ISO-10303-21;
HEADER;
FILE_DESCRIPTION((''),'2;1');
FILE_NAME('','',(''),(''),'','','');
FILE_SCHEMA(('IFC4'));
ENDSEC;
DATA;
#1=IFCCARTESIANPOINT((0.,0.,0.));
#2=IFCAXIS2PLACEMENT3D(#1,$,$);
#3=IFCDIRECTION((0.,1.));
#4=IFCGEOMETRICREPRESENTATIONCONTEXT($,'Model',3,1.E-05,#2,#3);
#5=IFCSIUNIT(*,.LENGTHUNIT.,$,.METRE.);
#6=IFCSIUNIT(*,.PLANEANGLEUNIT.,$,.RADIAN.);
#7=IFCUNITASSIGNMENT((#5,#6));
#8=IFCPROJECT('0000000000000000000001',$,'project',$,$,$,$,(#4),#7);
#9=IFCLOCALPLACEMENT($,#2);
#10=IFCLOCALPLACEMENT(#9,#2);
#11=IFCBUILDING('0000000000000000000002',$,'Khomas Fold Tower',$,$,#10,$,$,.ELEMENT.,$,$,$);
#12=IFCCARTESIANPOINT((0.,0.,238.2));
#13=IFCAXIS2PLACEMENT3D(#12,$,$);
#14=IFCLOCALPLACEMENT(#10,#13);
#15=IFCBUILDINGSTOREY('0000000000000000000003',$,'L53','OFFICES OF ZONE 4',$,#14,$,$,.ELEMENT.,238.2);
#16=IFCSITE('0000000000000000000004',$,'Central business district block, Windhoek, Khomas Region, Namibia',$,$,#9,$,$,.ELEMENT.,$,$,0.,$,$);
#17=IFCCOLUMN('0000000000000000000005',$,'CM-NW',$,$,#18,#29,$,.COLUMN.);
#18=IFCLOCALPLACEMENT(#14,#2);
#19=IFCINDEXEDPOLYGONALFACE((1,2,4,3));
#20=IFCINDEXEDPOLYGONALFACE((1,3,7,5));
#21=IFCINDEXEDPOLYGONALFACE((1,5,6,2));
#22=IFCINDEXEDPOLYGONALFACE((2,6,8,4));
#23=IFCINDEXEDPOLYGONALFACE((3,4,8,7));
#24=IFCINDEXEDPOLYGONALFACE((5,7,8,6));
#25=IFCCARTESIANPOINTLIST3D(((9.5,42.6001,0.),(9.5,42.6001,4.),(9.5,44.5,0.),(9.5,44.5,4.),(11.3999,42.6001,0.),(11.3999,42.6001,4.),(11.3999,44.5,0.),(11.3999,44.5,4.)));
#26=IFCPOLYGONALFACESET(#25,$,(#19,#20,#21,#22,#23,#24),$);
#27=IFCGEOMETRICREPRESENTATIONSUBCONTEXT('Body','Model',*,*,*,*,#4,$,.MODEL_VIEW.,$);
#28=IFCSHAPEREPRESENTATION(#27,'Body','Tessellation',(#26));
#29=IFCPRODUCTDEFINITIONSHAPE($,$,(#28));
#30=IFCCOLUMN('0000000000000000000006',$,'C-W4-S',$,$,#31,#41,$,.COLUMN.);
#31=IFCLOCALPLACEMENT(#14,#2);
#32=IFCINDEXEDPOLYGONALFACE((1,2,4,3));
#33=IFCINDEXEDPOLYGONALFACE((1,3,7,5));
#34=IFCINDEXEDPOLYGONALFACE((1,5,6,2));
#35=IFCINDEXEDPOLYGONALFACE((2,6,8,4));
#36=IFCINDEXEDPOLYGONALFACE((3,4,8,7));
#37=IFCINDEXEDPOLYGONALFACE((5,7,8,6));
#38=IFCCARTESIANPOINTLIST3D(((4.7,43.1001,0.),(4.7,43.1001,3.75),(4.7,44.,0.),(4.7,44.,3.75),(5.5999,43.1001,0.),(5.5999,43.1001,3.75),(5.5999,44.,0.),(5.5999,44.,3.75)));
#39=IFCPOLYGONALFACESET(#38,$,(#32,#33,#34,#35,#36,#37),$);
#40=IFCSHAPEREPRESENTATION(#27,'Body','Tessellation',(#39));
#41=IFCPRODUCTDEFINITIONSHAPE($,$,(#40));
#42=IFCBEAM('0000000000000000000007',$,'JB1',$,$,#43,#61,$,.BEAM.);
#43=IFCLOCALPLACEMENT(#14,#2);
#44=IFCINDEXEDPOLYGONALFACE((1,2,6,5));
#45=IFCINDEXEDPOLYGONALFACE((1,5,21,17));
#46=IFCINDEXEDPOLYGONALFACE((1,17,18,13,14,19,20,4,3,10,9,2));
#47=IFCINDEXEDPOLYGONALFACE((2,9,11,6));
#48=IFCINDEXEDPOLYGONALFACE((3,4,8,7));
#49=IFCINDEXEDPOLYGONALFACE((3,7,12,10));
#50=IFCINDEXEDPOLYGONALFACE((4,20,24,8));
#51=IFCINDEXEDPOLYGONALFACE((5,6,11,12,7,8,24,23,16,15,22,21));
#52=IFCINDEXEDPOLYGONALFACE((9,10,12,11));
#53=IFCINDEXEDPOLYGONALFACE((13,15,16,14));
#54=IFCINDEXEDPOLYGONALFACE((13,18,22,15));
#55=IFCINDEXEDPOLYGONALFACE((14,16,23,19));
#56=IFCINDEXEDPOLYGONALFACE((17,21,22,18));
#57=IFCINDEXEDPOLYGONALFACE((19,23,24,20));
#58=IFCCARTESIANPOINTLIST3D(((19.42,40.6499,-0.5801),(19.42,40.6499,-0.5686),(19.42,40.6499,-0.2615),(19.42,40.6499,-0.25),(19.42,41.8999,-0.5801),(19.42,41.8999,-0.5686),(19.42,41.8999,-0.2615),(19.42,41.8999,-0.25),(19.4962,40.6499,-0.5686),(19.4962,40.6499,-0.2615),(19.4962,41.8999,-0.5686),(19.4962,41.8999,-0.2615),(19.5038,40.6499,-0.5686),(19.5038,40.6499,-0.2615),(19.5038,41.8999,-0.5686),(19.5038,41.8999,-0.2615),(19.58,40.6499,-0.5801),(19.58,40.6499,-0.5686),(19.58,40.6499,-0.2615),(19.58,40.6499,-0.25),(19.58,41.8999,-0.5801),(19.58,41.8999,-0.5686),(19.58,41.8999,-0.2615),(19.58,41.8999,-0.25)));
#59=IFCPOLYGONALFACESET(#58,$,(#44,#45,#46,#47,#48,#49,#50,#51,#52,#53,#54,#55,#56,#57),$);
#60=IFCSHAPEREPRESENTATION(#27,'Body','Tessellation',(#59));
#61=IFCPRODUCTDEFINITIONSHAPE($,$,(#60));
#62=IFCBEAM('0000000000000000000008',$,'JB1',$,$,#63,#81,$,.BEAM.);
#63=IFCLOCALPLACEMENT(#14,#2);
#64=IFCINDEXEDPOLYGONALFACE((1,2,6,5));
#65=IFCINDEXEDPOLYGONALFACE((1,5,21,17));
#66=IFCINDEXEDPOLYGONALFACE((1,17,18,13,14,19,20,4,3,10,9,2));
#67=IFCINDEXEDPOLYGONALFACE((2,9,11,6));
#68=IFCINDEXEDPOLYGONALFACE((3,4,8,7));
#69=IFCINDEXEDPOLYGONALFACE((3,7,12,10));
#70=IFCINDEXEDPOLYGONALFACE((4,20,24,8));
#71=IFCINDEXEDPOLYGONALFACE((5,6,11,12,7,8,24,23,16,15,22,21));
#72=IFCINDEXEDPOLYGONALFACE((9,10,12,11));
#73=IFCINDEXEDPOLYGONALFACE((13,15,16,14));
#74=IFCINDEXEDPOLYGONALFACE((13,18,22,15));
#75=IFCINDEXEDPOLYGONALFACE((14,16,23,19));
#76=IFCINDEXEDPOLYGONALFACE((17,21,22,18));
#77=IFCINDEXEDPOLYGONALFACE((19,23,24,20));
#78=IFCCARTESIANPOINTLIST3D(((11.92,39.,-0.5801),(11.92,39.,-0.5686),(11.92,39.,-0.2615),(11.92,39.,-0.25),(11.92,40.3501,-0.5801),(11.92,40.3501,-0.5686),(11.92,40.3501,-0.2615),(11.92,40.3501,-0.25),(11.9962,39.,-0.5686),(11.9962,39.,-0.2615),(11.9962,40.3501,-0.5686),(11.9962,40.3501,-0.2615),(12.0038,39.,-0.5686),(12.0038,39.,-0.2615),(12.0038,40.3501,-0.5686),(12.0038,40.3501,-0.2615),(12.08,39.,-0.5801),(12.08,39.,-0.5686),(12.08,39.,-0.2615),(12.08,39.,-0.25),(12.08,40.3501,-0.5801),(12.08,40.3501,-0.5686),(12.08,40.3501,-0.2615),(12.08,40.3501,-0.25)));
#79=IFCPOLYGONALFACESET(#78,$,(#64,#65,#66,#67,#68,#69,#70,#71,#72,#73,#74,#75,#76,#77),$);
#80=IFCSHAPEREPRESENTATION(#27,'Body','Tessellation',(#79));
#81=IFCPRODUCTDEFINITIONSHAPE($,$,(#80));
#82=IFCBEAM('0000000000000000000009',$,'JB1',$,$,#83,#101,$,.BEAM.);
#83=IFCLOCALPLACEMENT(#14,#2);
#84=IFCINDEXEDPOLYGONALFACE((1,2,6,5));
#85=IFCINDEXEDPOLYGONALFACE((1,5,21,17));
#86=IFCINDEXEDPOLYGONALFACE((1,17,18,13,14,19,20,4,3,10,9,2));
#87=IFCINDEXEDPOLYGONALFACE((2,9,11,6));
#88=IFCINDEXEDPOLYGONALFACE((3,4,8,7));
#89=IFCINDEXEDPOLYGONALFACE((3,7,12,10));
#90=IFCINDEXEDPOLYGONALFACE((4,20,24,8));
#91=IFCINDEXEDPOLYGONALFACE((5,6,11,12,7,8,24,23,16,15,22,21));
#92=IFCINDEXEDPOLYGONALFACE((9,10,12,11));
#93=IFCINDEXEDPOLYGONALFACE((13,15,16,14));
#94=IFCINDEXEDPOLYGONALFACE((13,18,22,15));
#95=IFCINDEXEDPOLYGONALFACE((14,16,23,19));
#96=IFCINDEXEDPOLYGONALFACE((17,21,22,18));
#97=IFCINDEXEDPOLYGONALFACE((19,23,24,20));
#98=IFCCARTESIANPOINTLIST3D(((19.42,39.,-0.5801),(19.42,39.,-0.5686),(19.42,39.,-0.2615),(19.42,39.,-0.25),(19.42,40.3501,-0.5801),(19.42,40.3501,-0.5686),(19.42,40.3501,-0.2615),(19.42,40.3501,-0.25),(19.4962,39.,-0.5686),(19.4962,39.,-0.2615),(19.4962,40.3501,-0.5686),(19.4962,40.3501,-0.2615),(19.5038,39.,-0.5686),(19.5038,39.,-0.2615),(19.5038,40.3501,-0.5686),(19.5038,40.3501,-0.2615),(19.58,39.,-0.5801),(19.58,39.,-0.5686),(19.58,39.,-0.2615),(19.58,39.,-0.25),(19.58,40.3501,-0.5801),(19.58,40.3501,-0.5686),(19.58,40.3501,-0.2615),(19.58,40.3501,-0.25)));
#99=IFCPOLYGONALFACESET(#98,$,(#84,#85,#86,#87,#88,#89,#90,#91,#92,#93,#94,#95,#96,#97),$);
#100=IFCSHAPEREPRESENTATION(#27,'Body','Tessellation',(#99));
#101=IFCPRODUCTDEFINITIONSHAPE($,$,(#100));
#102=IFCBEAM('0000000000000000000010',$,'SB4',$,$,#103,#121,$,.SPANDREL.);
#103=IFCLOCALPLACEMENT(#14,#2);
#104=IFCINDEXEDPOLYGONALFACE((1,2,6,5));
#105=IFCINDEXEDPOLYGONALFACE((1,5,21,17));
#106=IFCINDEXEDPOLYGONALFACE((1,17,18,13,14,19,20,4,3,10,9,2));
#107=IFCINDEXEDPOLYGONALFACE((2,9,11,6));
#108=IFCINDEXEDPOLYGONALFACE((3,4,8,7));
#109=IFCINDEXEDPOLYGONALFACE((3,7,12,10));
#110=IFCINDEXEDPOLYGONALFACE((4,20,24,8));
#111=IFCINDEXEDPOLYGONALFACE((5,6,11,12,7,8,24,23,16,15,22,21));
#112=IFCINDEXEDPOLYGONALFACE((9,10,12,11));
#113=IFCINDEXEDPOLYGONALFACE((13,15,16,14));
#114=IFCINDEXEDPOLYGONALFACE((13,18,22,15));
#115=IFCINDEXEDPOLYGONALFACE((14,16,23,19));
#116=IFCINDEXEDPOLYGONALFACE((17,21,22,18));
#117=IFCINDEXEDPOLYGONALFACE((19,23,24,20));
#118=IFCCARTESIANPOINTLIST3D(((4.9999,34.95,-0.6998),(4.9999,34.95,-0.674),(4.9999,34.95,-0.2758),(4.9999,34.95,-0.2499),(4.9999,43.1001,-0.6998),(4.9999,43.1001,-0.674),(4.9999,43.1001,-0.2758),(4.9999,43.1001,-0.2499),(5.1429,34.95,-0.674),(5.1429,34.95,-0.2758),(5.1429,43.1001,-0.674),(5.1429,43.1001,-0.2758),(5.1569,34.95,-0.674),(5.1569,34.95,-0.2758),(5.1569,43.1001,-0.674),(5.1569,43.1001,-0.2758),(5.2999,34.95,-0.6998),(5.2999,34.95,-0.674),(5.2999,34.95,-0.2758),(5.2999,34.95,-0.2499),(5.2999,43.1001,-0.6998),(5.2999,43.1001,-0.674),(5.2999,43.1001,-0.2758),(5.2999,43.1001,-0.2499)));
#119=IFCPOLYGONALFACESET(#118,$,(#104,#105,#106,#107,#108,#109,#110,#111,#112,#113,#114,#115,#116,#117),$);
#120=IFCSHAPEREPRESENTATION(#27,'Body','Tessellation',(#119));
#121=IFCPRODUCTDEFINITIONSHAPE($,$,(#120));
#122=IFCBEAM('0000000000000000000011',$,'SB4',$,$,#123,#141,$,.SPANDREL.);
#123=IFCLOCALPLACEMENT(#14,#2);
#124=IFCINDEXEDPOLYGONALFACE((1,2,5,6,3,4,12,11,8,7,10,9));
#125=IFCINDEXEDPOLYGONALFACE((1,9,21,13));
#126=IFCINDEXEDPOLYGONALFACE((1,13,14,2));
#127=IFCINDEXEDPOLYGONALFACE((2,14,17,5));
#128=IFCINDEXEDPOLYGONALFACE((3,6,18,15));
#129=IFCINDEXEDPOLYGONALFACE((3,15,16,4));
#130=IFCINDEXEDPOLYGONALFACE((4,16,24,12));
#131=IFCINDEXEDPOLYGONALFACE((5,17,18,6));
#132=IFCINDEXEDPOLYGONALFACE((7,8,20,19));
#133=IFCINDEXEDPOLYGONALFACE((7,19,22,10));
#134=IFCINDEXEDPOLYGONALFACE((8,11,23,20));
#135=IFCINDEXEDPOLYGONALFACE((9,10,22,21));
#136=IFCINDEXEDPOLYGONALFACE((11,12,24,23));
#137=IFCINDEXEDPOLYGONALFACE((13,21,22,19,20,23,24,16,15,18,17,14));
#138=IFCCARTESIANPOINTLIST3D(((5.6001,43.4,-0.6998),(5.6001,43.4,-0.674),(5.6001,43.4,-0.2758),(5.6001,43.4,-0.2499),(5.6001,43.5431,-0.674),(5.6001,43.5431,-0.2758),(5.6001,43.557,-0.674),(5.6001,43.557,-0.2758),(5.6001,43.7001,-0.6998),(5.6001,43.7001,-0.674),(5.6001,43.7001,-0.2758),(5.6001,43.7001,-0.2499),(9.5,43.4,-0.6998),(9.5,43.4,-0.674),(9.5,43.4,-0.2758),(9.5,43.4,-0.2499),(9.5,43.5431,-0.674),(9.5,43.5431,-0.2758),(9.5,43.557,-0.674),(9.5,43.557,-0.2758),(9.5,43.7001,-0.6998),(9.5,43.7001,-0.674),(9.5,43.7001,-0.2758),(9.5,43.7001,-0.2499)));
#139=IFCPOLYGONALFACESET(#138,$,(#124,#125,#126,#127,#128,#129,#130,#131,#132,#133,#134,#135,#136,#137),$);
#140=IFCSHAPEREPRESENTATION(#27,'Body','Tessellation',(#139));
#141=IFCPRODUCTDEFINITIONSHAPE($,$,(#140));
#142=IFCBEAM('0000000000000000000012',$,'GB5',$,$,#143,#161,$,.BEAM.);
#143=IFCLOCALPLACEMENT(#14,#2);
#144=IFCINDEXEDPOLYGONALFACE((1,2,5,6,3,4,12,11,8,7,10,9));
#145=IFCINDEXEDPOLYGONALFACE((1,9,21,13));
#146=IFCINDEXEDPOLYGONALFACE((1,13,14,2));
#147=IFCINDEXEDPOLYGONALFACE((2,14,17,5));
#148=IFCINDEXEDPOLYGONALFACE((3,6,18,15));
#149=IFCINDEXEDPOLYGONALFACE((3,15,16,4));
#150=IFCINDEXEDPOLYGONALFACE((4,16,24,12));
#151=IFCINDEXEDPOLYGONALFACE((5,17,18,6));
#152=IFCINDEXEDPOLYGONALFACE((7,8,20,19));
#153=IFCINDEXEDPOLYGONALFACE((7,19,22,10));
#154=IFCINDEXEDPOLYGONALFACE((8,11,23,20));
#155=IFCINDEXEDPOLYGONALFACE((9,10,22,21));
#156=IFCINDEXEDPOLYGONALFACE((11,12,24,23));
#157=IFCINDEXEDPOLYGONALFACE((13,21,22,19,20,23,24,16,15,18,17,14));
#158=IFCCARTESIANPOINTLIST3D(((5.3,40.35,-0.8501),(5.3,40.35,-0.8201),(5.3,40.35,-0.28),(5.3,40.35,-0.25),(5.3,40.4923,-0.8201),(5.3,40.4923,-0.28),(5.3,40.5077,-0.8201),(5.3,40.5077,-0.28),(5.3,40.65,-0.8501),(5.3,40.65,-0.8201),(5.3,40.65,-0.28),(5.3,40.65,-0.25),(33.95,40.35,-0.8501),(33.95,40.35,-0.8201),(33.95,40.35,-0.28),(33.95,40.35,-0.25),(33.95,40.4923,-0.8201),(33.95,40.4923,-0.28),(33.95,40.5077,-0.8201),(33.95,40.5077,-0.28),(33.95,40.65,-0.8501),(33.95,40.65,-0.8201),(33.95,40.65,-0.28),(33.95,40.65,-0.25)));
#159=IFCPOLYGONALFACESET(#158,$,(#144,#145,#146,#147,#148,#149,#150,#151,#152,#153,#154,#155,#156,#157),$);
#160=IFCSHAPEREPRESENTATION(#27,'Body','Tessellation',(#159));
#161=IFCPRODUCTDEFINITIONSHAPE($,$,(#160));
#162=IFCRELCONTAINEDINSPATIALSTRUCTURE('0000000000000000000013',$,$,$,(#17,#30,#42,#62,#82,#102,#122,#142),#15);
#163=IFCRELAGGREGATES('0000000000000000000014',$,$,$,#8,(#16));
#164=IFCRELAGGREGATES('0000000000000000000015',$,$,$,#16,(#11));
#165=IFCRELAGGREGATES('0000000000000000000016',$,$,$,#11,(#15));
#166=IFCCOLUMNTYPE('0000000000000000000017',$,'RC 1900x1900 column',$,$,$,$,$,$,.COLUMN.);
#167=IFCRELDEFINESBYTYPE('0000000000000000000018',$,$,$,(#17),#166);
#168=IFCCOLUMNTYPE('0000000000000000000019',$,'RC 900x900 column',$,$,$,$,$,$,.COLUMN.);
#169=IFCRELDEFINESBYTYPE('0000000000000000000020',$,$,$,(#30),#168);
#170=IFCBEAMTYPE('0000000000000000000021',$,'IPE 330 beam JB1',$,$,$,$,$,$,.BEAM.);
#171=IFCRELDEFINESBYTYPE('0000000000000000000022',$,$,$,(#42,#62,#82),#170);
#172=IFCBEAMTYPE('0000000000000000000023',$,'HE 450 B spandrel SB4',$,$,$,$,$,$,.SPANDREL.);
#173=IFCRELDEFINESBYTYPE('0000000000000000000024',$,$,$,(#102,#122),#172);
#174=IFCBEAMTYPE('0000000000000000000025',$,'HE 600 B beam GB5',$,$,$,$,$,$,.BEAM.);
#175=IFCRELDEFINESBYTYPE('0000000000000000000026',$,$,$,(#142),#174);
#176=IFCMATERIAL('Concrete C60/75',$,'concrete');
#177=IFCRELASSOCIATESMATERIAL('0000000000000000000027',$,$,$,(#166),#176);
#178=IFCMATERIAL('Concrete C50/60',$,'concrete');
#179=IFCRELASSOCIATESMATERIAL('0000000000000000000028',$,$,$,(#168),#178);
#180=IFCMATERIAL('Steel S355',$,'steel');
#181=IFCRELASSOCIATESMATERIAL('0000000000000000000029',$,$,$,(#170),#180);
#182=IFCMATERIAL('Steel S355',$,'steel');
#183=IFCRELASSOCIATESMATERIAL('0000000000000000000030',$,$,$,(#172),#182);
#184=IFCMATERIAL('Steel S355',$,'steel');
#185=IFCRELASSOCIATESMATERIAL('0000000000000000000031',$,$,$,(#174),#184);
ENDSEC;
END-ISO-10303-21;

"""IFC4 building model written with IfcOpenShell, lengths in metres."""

from ifc_helpers import new_model, si_unit, direction, frame, origin, origin_2d, place, context, subcontext, project, spatial, rectangle, i_section, extrude, source, transform, mapped, material, material_profile, profile_set, type_object, element, save


model = new_model("IFC4")

# Units and contexts
model_context = context("Model", 3, precision=1e-05, world=origin(), true_north=direction((0.0, 1.0)))
body_context = subcontext(model_context, "Body", "Model", "MODEL_VIEW")
ifc_project = project(units=[si_unit("LENGTHUNIT", "METRE"), si_unit("PLANEANGLEUNIT", "RADIAN")], contexts=[model_context])

# Site, building, storey
site_placement = place(None, origin())
site = spatial("IfcSite", under=ifc_project, at=site_placement, Name="Central business district block, Windhoek, Khomas Region, Namibia", CompositionType="ELEMENT", RefElevation=0.0)
building_placement = place(site_placement, origin())
building = spatial("IfcBuilding", under=site, at=building_placement, Name="Khomas Fold Tower", CompositionType="ELEMENT")
storey_placement = place(building_placement, frame((0.0, 0.0, 238.2)))
storey = spatial("IfcBuildingStorey", under=building, at=storey_placement, Name="L53", Description="OFFICES OF ZONE 4", CompositionType="ELEMENT", Elevation=238.2)

# Columns
ifc_material_1 = material(Name="Concrete C60/75", Category="concrete")
ifc_material_profile_1 = material_profile(ifc_material_1, rectangle(XDim=1.8999, YDim=1.8999, at=origin_2d()), Name="RC 1900x1900")
ifc_profile_set_1 = profile_set([ifc_material_profile_1], Name="Concrete C60/75")
column_type_1 = type_object("IfcColumnType", Name="RC 1900x1900 column", PredefinedType="COLUMN", material=ifc_profile_set_1)
shared_shape_1 = source(origin(), body_context, "Body", "SweptSolid", [
    extrude(rectangle(XDim=1.8999, YDim=1.8999, at=origin_2d()), origin(), (0.0, 0.0, 1.0), 4.0),
])
column_1_placement = place(storey_placement, frame((10.45, 43.55, 0.0), z_axis=(0.0, 0.0, 1.0), x_axis=(1.0, 0.0, 0.0)))
element("IfcColumn", 1, at=column_1_placement, inside=storey, type_object=column_type_1, Name="CM-NW", PredefinedType="COLUMN", context=body_context, shape_type="MappedRepresentation", body=[
    mapped(shared_shape_1, transform((0.0, 0.0, 0.0))),
])
ifc_material_2 = material(Name="Concrete C50/60", Category="concrete")
ifc_material_profile_2 = material_profile(ifc_material_2, rectangle(XDim=0.8999, YDim=0.8999, at=origin_2d()), Name="RC 900x900")
ifc_profile_set_2 = profile_set([ifc_material_profile_2], Name="Concrete C50/60")
column_type_2 = type_object("IfcColumnType", Name="RC 900x900 column", PredefinedType="COLUMN", material=ifc_profile_set_2)
shared_shape_2 = source(origin(), body_context, "Body", "SweptSolid", [
    extrude(rectangle(XDim=0.8999, YDim=0.8999, at=origin_2d()), origin(), (0.0, 0.0, 1.0), 3.75),
])
column_2_placement = place(storey_placement, frame((5.1499, 43.55, 0.0), z_axis=(0.0, 0.0, 1.0), x_axis=(1.0, 0.0, 0.0)))
element("IfcColumn", 2, at=column_2_placement, inside=storey, type_object=column_type_2, Name="C-W4-S", PredefinedType="COLUMN", context=body_context, shape_type="MappedRepresentation", body=[
    mapped(shared_shape_2, transform((0.0, 0.0, 0.0))),
])

# Beams
ifc_material_3 = material(Name="Steel S355", Category="steel")
ifc_material_profile_3 = material_profile(ifc_material_3, i_section(OverallWidth=0.1599, OverallDepth=0.3301, WebThickness=0.0076, FlangeThickness=0.0115, at=origin_2d()), Name="IPE 330")
ifc_profile_set_3 = profile_set([ifc_material_profile_3], Name="Steel S355")
beam_type_1 = type_object("IfcBeamType", Name="IPE 330 beam JB1", PredefinedType="BEAM", material=ifc_profile_set_3)
shared_shape_3 = source(origin(), body_context, "Body", "SweptSolid", [
    extrude(i_section(OverallWidth=0.1599, OverallDepth=0.3301, WebThickness=0.0076, FlangeThickness=0.0115, at=origin_2d()), origin(), (0.0, 0.0, 1.0), 1.25),
])
beam_1_placement = place(storey_placement, frame((19.5, 40.6499, -0.415), z_axis=(0.0, 1.0, 0.0), x_axis=(-1.0, 0.0, 0.0)))
element("IfcBeam", 3, at=beam_1_placement, inside=storey, type_object=beam_type_1, Name="JB1", PredefinedType="BEAM", context=body_context, shape_type="MappedRepresentation", body=[
    mapped(shared_shape_3, transform((0.0, 0.0, 0.0))),
])
shared_shape_4 = source(origin(), body_context, "Body", "SweptSolid", [
    extrude(i_section(OverallWidth=0.1599, OverallDepth=0.3301, WebThickness=0.0076, FlangeThickness=0.0115, at=origin_2d()), origin(), (0.0, 0.0, 1.0), 1.3501),
])
for number, where, z_axis, x_axis, name in (
    (4, (12.0, 39.0, -0.415), (0.0, 1.0, 0.0), (-1.0, 0.0, 0.0), "JB1"),
    (5, (19.5, 39.0, -0.415), (0.0, 1.0, 0.0), (-1.0, 0.0, 0.0), "JB1"),
):
    element("IfcBeam", number, at=place(storey_placement, frame(where, z_axis=z_axis, x_axis=x_axis)), inside=storey, type_object=beam_type_1, Name=name, PredefinedType="BEAM", context=body_context, shape_type="MappedRepresentation", body=[
        mapped(shared_shape_4, transform((0.0, 0.0, 0.0))),
    ])
ifc_material_4 = material(Name="Steel S355", Category="steel")
ifc_material_profile_4 = material_profile(ifc_material_4, i_section(OverallWidth=0.3, OverallDepth=0.45, WebThickness=0.0139, FlangeThickness=0.0259, at=origin_2d()), Name="HE 450 B")
ifc_profile_set_4 = profile_set([ifc_material_profile_4], Name="Steel S355")
beam_type_2 = type_object("IfcBeamType", Name="HE 450 B spandrel SB4", PredefinedType="SPANDREL", material=ifc_profile_set_4)
shared_shape_5 = source(origin(), body_context, "Body", "SweptSolid", [
    extrude(i_section(OverallWidth=0.3, OverallDepth=0.45, WebThickness=0.0139, FlangeThickness=0.0259, at=origin_2d()), origin(), (0.0, 0.0, 1.0), 8.1501),
])
beam_2_placement = place(storey_placement, frame((5.1499, 34.95, -0.4749), z_axis=(0.0, 1.0, 0.0), x_axis=(-1.0, 0.0, 0.0)))
element("IfcBeam", 6, at=beam_2_placement, inside=storey, type_object=beam_type_2, Name="SB4", PredefinedType="SPANDREL", context=body_context, shape_type="MappedRepresentation", body=[
    mapped(shared_shape_5, transform((0.0, 0.0, 0.0))),
])
shared_shape_6 = source(origin(), body_context, "Body", "SweptSolid", [
    extrude(i_section(OverallWidth=0.3, OverallDepth=0.45, WebThickness=0.0139, FlangeThickness=0.0259, at=origin_2d()), origin(), (0.0, 0.0, 1.0), 3.8999),
])
beam_3_placement = place(storey_placement, frame((5.6001, 43.55, -0.4749), z_axis=(1.0, 0.0, 0.0), x_axis=(0.0, 1.0, 0.0)))
element("IfcBeam", 7, at=beam_3_placement, inside=storey, type_object=beam_type_2, Name="SB4", PredefinedType="SPANDREL", context=body_context, shape_type="MappedRepresentation", body=[
    mapped(shared_shape_6, transform((0.0, 0.0, 0.0))),
])
ifc_material_5 = material(Name="Steel S355", Category="steel")
ifc_material_profile_5 = material_profile(ifc_material_5, i_section(OverallWidth=0.3, OverallDepth=0.6001, WebThickness=0.0154, FlangeThickness=0.03, at=origin_2d()), Name="HE 600 B")
ifc_profile_set_5 = profile_set([ifc_material_profile_5], Name="Steel S355")
beam_type_3 = type_object("IfcBeamType", Name="HE 600 B beam GB5", PredefinedType="BEAM", material=ifc_profile_set_5)
shared_shape_7 = source(origin(), body_context, "Body", "SweptSolid", [
    extrude(i_section(OverallWidth=0.3, OverallDepth=0.6001, WebThickness=0.0154, FlangeThickness=0.03, at=origin_2d()), origin(), (0.0, 0.0, 1.0), 28.6499),
])
beam_4_placement = place(storey_placement, frame((5.3, 40.5, -0.55), z_axis=(1.0, 0.0, 0.0), x_axis=(0.0, 1.0, 0.0)))
element("IfcBeam", 8, at=beam_4_placement, inside=storey, type_object=beam_type_3, Name="GB5", PredefinedType="BEAM", context=body_context, shape_type="MappedRepresentation", body=[
    mapped(shared_shape_7, transform((0.0, 0.0, 0.0))),
])

save(model, "model.ifc")
